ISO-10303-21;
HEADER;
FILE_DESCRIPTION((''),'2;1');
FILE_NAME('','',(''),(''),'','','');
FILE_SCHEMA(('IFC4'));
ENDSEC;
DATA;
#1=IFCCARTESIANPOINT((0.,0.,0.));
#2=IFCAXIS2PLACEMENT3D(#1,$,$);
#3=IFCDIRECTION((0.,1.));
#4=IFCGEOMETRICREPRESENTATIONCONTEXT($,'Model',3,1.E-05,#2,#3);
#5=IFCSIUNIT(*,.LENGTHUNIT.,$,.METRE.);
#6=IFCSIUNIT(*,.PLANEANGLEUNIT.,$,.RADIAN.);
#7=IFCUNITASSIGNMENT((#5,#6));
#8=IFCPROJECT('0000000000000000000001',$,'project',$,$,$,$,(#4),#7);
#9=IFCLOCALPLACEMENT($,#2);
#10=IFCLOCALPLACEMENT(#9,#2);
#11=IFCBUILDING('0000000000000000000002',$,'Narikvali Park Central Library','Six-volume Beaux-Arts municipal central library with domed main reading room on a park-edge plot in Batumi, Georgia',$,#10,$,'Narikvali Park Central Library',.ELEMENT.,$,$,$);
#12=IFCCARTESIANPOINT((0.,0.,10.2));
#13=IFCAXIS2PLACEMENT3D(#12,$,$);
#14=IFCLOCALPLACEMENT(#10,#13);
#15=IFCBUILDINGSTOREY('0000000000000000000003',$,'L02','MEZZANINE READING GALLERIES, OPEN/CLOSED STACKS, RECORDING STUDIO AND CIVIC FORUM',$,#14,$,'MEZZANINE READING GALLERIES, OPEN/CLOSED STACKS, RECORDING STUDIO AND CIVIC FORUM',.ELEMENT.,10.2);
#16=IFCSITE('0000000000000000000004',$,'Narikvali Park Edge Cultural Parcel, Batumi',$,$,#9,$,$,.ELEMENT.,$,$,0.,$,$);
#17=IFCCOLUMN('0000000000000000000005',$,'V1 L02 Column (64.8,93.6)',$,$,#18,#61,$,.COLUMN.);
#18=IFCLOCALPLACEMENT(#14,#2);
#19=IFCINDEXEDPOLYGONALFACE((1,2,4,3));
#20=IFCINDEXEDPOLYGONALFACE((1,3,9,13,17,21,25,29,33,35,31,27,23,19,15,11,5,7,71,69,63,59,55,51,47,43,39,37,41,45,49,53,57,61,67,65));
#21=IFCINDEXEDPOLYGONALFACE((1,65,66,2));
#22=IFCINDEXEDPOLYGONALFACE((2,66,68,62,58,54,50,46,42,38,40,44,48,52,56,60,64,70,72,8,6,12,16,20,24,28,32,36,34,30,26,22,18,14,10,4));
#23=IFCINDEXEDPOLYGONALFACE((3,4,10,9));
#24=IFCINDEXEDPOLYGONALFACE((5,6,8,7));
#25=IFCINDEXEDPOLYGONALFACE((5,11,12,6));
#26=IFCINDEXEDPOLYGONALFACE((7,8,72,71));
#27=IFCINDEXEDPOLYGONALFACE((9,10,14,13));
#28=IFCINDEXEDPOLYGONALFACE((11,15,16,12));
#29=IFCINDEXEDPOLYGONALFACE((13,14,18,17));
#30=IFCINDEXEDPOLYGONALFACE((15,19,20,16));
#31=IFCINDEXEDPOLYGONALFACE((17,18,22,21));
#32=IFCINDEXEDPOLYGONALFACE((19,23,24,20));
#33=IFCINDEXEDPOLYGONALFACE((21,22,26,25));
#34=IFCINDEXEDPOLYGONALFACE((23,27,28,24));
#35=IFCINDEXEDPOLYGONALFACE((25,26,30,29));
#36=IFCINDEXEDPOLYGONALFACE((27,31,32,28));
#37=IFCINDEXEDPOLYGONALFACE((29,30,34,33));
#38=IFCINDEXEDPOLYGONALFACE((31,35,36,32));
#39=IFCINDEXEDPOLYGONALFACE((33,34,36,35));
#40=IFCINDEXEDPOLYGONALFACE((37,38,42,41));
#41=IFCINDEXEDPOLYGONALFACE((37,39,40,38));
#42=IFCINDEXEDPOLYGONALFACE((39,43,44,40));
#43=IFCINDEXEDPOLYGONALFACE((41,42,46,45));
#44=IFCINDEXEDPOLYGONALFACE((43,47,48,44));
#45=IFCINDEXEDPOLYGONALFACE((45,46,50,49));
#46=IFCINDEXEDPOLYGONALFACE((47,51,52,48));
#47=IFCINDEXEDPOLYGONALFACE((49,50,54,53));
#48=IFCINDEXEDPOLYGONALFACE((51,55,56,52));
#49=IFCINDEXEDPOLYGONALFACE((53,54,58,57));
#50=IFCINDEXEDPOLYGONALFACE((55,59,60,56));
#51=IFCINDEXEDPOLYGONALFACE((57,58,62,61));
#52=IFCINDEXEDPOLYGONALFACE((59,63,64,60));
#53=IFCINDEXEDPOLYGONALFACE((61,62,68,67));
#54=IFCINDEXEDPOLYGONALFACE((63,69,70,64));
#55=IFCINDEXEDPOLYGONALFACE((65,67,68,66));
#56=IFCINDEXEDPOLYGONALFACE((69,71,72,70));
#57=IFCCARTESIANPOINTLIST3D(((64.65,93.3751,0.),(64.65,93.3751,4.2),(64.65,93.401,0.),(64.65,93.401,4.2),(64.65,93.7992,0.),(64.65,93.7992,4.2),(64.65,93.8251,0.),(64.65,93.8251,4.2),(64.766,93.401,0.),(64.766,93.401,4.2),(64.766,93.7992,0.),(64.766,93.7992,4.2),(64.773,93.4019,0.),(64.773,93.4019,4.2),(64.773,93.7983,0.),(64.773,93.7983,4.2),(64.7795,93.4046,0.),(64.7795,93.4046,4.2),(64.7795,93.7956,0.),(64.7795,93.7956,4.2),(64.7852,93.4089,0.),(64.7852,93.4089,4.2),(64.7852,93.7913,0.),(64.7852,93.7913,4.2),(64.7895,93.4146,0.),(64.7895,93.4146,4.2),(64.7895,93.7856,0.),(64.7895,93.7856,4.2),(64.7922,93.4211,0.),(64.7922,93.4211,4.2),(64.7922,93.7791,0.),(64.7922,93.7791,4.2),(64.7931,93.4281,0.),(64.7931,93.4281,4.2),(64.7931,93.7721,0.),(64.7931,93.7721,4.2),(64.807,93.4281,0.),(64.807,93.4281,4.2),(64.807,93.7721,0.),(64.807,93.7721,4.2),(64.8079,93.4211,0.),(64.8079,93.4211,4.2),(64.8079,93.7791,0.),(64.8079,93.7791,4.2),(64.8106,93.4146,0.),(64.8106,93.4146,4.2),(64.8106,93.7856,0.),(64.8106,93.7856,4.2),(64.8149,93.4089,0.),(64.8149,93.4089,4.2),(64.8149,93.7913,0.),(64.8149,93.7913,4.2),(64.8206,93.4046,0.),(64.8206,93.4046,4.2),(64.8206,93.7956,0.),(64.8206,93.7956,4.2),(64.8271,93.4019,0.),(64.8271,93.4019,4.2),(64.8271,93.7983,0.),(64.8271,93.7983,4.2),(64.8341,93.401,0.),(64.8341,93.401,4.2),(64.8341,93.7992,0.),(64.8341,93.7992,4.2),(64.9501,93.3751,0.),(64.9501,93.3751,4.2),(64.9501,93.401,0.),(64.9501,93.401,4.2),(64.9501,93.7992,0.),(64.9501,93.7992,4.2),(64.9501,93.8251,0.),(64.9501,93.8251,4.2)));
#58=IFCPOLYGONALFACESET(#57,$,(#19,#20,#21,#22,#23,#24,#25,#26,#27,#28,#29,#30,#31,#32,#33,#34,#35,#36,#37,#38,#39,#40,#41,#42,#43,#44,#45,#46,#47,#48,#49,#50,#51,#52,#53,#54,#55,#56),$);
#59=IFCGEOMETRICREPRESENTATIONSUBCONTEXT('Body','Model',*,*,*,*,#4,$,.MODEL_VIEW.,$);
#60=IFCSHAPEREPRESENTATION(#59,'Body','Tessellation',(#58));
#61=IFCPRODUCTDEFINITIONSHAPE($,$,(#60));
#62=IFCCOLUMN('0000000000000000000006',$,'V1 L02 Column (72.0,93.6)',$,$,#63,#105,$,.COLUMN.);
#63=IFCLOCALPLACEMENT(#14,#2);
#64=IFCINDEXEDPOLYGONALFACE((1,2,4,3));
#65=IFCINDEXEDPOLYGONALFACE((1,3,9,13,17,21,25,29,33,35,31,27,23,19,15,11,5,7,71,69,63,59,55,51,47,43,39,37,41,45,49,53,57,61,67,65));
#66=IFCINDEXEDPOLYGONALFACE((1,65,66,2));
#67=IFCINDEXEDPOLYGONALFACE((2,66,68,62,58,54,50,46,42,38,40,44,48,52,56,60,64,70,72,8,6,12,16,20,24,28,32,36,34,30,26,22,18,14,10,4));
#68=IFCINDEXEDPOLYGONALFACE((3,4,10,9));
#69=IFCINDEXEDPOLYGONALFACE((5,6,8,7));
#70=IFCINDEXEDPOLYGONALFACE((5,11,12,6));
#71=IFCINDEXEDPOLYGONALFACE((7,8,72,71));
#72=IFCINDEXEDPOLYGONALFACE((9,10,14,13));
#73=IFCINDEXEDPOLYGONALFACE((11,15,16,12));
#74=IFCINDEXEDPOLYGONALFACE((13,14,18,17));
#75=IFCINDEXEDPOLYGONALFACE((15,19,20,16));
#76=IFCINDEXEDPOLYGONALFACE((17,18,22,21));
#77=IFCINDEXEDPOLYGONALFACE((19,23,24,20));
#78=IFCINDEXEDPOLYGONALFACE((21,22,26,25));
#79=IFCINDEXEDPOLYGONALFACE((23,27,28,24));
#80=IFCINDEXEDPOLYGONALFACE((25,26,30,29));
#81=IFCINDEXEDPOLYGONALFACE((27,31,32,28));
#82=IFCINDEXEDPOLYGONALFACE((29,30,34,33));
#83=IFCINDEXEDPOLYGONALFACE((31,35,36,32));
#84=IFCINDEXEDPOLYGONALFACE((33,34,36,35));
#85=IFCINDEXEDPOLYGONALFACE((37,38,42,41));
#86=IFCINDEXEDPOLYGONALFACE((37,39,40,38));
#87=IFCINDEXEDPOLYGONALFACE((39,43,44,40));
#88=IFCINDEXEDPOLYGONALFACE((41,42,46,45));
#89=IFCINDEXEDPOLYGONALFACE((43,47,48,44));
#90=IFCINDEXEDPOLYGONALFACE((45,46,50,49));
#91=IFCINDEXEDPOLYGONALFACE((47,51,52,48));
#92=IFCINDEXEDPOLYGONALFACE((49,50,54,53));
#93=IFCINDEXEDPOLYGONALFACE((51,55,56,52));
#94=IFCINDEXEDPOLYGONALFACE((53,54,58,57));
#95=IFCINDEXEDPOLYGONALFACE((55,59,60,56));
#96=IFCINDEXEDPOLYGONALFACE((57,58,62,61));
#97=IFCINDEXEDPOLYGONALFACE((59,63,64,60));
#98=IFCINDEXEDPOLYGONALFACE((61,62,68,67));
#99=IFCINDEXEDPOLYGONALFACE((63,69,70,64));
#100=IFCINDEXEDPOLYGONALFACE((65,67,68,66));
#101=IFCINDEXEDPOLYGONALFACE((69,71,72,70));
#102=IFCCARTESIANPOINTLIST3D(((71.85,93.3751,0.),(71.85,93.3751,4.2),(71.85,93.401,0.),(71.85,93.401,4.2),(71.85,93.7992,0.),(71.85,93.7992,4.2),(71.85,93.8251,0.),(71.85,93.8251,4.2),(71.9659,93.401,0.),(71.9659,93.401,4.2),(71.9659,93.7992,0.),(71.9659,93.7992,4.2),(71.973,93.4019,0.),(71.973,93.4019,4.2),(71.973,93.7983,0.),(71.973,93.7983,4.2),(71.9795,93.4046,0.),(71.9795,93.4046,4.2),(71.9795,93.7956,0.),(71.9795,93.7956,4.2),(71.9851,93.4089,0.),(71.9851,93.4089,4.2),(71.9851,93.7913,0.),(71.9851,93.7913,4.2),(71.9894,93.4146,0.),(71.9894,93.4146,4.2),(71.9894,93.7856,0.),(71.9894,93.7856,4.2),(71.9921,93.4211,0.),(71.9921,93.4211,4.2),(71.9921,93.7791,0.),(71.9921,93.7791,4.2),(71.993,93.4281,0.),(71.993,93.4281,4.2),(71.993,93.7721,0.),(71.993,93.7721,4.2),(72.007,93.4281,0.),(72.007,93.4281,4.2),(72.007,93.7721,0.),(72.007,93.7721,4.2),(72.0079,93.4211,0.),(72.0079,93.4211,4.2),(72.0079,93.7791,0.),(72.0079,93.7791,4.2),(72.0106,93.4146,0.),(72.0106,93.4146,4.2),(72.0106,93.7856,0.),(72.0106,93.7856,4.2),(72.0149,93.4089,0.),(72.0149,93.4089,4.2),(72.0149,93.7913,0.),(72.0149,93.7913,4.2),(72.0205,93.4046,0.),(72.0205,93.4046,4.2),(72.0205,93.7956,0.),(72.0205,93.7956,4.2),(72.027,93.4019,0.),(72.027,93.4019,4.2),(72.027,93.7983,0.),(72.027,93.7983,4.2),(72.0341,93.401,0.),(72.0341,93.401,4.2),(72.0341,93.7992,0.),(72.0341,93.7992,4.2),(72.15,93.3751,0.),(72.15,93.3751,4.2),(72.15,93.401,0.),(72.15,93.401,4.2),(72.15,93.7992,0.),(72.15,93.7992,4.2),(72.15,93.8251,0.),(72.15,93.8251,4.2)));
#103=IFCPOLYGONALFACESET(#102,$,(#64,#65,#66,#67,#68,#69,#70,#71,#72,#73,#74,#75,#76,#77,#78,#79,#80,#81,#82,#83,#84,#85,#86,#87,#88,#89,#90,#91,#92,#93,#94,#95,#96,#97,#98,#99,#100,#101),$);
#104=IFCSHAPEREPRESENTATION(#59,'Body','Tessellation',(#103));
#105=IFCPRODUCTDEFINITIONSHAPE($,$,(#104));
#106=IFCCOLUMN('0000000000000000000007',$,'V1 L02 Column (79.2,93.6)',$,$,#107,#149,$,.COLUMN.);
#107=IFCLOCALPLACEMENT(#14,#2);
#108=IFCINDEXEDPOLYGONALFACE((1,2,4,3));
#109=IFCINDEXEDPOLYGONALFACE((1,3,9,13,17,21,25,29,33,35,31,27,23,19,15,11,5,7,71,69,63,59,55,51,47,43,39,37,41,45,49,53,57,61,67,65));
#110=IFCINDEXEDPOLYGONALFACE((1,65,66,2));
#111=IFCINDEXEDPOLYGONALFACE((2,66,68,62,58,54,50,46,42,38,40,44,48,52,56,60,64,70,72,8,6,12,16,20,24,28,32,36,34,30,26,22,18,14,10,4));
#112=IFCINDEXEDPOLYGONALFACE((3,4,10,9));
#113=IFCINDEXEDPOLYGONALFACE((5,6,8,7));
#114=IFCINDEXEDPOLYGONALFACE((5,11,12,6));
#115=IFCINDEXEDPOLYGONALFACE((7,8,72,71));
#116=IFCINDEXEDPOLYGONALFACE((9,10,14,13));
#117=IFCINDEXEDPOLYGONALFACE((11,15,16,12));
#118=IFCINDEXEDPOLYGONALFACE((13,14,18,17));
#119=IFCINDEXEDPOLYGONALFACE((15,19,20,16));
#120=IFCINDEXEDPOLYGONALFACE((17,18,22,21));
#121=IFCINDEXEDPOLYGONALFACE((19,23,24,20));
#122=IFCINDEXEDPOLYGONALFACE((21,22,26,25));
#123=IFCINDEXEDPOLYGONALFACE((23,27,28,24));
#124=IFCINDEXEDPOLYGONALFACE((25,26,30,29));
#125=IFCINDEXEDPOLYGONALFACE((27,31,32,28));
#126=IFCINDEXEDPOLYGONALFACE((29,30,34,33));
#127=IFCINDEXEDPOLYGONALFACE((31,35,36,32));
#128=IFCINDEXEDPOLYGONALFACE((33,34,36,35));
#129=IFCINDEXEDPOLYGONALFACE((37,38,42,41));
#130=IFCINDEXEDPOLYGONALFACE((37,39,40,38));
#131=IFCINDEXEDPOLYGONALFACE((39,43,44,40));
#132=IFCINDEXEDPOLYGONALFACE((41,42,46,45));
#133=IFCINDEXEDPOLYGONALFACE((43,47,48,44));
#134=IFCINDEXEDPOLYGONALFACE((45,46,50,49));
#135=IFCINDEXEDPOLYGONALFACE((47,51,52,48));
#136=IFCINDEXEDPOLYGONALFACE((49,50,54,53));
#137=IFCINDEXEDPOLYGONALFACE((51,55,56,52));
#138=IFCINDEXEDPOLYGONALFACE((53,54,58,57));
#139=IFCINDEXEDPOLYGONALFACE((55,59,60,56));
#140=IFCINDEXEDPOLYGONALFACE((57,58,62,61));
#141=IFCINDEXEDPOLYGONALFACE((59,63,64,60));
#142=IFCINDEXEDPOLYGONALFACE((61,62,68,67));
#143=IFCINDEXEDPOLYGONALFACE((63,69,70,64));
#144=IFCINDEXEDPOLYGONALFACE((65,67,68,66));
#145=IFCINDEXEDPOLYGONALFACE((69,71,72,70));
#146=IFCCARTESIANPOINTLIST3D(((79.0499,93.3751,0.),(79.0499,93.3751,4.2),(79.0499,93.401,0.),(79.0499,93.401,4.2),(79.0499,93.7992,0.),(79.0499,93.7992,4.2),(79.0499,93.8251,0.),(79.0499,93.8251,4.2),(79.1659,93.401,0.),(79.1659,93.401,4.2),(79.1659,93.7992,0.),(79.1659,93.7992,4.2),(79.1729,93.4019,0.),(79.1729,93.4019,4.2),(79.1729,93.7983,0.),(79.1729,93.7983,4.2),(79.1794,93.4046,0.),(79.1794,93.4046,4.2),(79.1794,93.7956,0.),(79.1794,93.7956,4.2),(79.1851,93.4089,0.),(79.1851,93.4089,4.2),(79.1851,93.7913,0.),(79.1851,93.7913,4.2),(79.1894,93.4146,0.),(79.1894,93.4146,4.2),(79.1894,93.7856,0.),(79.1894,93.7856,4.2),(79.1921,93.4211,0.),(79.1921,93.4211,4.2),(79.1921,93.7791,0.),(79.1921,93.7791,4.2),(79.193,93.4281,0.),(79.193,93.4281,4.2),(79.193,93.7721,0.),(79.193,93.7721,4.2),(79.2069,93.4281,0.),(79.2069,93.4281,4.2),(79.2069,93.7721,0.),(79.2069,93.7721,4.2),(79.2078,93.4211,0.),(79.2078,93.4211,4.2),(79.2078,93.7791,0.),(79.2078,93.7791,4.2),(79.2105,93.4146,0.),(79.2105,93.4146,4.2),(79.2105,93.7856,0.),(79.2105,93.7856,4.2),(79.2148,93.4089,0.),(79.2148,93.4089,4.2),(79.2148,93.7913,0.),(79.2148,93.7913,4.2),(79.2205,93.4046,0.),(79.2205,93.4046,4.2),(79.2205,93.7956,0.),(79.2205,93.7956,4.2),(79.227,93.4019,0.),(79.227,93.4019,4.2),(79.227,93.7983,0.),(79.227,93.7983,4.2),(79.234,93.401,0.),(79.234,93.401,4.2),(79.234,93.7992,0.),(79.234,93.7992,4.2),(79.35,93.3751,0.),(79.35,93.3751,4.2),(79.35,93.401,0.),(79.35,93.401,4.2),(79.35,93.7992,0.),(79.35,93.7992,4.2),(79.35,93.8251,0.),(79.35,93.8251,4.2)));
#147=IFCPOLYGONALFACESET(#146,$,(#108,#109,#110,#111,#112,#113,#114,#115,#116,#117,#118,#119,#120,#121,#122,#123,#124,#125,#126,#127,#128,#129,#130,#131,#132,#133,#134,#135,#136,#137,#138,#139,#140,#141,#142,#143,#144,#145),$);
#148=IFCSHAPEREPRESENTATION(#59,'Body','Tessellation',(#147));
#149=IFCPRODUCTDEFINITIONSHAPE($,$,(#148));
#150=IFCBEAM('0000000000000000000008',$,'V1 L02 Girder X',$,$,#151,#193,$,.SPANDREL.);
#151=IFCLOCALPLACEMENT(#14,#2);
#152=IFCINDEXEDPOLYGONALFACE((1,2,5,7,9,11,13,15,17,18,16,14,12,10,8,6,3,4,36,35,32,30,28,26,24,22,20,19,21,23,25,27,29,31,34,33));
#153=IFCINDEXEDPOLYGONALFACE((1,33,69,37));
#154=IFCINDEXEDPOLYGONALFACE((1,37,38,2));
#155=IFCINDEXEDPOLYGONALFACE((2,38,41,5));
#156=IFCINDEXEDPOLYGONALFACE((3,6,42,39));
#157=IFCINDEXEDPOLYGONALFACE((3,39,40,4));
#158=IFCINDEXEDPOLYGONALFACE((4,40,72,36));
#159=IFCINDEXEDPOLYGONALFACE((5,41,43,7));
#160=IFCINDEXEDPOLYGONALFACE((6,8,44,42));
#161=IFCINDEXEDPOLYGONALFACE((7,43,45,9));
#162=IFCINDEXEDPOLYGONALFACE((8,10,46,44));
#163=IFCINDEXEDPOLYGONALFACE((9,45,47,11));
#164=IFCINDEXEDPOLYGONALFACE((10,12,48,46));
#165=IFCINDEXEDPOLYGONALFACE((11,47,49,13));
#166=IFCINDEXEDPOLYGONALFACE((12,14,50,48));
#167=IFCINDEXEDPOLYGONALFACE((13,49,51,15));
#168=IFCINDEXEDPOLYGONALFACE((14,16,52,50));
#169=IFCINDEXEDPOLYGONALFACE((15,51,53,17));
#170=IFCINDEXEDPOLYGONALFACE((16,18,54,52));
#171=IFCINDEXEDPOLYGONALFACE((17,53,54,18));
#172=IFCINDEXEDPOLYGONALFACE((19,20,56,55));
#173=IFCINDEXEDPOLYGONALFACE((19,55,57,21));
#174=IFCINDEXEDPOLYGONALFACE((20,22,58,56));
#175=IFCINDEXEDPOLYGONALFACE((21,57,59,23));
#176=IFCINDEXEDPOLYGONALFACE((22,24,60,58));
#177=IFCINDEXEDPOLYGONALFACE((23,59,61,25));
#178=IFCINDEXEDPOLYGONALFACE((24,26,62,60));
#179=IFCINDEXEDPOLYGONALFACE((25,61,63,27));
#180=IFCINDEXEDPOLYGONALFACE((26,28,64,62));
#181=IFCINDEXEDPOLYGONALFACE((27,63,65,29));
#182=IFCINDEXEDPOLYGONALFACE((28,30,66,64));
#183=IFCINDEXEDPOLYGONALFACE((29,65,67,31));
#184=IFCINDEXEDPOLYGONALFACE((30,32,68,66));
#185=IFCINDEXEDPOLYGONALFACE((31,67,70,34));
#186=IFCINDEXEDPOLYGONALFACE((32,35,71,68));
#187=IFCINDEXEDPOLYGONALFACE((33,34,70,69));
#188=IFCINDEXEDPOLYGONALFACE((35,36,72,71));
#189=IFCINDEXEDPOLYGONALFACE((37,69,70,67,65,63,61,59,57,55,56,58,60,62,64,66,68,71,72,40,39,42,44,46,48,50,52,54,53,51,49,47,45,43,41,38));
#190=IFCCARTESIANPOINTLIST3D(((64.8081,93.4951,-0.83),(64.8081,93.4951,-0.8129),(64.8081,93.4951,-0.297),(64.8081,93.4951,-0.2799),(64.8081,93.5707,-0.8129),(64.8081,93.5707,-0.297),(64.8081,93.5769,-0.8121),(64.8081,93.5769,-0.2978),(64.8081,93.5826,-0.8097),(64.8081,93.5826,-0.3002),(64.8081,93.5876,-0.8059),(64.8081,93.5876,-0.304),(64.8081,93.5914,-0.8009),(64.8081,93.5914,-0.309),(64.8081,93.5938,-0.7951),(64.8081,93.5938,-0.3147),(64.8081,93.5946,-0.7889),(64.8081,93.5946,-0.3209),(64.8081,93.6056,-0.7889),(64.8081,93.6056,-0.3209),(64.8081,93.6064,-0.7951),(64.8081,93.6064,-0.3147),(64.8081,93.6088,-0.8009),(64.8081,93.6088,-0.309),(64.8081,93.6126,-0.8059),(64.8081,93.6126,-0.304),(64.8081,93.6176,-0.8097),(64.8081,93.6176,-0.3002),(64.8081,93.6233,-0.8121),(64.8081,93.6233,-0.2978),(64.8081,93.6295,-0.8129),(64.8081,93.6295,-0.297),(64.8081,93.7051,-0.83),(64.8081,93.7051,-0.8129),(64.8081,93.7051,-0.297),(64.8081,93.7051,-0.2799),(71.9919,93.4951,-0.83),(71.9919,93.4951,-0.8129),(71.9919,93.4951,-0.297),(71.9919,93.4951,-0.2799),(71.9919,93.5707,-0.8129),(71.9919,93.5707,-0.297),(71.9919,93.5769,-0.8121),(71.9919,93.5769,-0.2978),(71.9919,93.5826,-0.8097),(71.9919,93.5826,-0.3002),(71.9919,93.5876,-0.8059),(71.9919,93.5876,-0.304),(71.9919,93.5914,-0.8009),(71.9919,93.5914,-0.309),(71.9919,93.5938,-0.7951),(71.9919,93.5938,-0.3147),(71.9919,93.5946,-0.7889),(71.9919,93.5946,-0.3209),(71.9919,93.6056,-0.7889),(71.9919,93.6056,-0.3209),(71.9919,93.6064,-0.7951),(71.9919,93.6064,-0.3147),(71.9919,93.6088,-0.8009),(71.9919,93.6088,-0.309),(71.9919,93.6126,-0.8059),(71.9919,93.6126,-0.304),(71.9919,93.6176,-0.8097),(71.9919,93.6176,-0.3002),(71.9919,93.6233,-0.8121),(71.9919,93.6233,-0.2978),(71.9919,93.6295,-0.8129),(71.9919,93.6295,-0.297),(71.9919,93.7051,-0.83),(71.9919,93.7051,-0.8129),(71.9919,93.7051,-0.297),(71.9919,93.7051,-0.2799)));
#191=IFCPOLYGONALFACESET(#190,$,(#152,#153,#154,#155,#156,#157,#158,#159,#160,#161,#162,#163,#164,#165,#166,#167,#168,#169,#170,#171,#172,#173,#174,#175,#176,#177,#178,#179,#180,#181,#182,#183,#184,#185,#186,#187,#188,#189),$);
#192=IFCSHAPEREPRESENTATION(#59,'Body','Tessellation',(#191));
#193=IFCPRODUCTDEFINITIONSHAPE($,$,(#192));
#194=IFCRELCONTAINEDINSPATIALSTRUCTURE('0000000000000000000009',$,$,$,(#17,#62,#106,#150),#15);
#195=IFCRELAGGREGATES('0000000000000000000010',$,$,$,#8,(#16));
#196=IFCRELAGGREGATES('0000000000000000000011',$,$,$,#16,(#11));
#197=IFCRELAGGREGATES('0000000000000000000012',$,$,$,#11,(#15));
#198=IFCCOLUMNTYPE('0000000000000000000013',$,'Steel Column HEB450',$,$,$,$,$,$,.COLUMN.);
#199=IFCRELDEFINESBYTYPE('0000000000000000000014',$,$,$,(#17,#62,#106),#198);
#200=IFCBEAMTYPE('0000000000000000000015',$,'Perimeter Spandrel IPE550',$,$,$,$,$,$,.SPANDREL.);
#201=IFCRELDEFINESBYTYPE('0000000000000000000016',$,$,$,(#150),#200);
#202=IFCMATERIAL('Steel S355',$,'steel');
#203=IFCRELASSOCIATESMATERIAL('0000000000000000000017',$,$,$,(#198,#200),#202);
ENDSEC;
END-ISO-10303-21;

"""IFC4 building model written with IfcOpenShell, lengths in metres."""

from ifc_helpers import new_model, si_unit, direction, frame, origin, origin_2d, place, context, subcontext, project, spatial, i_section, extrude, material, material_profile, profile_set, type_object, element, save


model = new_model("IFC4")

# Units and contexts
model_context = context("Model", 3, precision=1e-05, world=origin(), true_north=direction((0.0, 1.0)))
body_context = subcontext(model_context, "Body", "Model", "MODEL_VIEW")
ifc_project = project(units=[si_unit("LENGTHUNIT", "METRE"), si_unit("PLANEANGLEUNIT", "RADIAN")], contexts=[model_context])

# Site, building, storey
site_placement = place(None, origin())
site = spatial("IfcSite", under=ifc_project, at=site_placement, Name="Narikvali Park Edge Cultural Parcel, Batumi", CompositionType="ELEMENT", RefElevation=0.0)
building_placement = place(site_placement, origin())
building = spatial("IfcBuilding", under=site, at=building_placement, Name="Narikvali Park Central Library", Description="Six-volume Beaux-Arts municipal central library with domed main reading room on a park-edge plot in Batumi, Georgia", LongName="Narikvali Park Central Library", CompositionType="ELEMENT")
storey_placement = place(building_placement, frame((0.0, 0.0, 10.2)))
storey = spatial("IfcBuildingStorey", under=building, at=storey_placement, Name="L02", Description="MEZZANINE READING GALLERIES, OPEN/CLOSED STACKS, RECORDING STUDIO AND CIVIC FORUM", LongName="MEZZANINE READING GALLERIES, OPEN/CLOSED STACKS, RECORDING STUDIO AND CIVIC FORUM", CompositionType="ELEMENT", Elevation=10.2)

# Columns
ifc_material_1 = material(Name="Steel S355", Category="steel")
ifc_material_profile_1 = material_profile(ifc_material_1, i_section(OverallWidth=0.3, OverallDepth=0.45, WebThickness=0.0139, FlangeThickness=0.0259, FilletRadius=0.0271, at=origin_2d()), Name="HEB 450")
ifc_profile_set_1 = profile_set([ifc_material_profile_1], Name="Steel S355")
column_type = type_object("IfcColumnType", Name="Steel Column HEB450", PredefinedType="COLUMN", material=ifc_profile_set_1)
for number, where, z_axis, x_axis, name in (
    (1, (64.8, 93.6001, 0.0), (0.0, 0.0, 1.0), (1.0, 0.0, 0.0), "V1 L02 Column (64.8,93.6)"),
    (2, (72.0, 93.6001, 0.0), (0.0, 0.0, 1.0), (1.0, 0.0, 0.0), "V1 L02 Column (72.0,93.6)"),
    (3, (79.2, 93.6001, 0.0), (0.0, 0.0, 1.0), (1.0, 0.0, 0.0), "V1 L02 Column (79.2,93.6)"),
):
    element("IfcColumn", number, at=place(storey_placement, frame(where, z_axis=z_axis, x_axis=x_axis)), inside=storey, type_object=column_type, Name=name, PredefinedType="COLUMN", context=body_context, shape_type="SweptSolid", body=[
        extrude(i_section(OverallWidth=0.3, OverallDepth=0.45, WebThickness=0.0139, FlangeThickness=0.0259, FilletRadius=0.0271, at=origin_2d()), origin(), (0.0, 0.0, 1.0), 4.2),
    ])

# Beam
ifc_material_profile_2 = material_profile(ifc_material_1, i_section(OverallWidth=0.21, OverallDepth=0.55, WebThickness=0.011, FlangeThickness=0.0171, FilletRadius=0.0239, at=origin_2d()), Name="IPE 550")
ifc_profile_set_2 = profile_set([ifc_material_profile_2], Name="Steel S355")
beam_type_1 = type_object("IfcBeamType", Name="Perimeter Spandrel IPE550", PredefinedType="SPANDREL", material=ifc_profile_set_2)
for number, where, z_axis, x_axis, name in (
    (4, (64.8081, 93.6001, -0.5549), (1.0, 0.0, 0.0), (0.0, 1.0, 0.0), "V1 L02 Girder X"),
):
    element("IfcBeam", number, at=place(storey_placement, frame(where, z_axis=z_axis, x_axis=x_axis)), inside=storey, type_object=beam_type_1, Name=name, PredefinedType="SPANDREL", context=body_context, shape_type="SweptSolid", body=[
        extrude(i_section(OverallWidth=0.21, OverallDepth=0.55, WebThickness=0.011, FlangeThickness=0.0171, FilletRadius=0.0239, at=origin_2d()), origin(), (0.0, 0.0, 1.0), 7.1838),
    ])

save(model, "model.ifc")
